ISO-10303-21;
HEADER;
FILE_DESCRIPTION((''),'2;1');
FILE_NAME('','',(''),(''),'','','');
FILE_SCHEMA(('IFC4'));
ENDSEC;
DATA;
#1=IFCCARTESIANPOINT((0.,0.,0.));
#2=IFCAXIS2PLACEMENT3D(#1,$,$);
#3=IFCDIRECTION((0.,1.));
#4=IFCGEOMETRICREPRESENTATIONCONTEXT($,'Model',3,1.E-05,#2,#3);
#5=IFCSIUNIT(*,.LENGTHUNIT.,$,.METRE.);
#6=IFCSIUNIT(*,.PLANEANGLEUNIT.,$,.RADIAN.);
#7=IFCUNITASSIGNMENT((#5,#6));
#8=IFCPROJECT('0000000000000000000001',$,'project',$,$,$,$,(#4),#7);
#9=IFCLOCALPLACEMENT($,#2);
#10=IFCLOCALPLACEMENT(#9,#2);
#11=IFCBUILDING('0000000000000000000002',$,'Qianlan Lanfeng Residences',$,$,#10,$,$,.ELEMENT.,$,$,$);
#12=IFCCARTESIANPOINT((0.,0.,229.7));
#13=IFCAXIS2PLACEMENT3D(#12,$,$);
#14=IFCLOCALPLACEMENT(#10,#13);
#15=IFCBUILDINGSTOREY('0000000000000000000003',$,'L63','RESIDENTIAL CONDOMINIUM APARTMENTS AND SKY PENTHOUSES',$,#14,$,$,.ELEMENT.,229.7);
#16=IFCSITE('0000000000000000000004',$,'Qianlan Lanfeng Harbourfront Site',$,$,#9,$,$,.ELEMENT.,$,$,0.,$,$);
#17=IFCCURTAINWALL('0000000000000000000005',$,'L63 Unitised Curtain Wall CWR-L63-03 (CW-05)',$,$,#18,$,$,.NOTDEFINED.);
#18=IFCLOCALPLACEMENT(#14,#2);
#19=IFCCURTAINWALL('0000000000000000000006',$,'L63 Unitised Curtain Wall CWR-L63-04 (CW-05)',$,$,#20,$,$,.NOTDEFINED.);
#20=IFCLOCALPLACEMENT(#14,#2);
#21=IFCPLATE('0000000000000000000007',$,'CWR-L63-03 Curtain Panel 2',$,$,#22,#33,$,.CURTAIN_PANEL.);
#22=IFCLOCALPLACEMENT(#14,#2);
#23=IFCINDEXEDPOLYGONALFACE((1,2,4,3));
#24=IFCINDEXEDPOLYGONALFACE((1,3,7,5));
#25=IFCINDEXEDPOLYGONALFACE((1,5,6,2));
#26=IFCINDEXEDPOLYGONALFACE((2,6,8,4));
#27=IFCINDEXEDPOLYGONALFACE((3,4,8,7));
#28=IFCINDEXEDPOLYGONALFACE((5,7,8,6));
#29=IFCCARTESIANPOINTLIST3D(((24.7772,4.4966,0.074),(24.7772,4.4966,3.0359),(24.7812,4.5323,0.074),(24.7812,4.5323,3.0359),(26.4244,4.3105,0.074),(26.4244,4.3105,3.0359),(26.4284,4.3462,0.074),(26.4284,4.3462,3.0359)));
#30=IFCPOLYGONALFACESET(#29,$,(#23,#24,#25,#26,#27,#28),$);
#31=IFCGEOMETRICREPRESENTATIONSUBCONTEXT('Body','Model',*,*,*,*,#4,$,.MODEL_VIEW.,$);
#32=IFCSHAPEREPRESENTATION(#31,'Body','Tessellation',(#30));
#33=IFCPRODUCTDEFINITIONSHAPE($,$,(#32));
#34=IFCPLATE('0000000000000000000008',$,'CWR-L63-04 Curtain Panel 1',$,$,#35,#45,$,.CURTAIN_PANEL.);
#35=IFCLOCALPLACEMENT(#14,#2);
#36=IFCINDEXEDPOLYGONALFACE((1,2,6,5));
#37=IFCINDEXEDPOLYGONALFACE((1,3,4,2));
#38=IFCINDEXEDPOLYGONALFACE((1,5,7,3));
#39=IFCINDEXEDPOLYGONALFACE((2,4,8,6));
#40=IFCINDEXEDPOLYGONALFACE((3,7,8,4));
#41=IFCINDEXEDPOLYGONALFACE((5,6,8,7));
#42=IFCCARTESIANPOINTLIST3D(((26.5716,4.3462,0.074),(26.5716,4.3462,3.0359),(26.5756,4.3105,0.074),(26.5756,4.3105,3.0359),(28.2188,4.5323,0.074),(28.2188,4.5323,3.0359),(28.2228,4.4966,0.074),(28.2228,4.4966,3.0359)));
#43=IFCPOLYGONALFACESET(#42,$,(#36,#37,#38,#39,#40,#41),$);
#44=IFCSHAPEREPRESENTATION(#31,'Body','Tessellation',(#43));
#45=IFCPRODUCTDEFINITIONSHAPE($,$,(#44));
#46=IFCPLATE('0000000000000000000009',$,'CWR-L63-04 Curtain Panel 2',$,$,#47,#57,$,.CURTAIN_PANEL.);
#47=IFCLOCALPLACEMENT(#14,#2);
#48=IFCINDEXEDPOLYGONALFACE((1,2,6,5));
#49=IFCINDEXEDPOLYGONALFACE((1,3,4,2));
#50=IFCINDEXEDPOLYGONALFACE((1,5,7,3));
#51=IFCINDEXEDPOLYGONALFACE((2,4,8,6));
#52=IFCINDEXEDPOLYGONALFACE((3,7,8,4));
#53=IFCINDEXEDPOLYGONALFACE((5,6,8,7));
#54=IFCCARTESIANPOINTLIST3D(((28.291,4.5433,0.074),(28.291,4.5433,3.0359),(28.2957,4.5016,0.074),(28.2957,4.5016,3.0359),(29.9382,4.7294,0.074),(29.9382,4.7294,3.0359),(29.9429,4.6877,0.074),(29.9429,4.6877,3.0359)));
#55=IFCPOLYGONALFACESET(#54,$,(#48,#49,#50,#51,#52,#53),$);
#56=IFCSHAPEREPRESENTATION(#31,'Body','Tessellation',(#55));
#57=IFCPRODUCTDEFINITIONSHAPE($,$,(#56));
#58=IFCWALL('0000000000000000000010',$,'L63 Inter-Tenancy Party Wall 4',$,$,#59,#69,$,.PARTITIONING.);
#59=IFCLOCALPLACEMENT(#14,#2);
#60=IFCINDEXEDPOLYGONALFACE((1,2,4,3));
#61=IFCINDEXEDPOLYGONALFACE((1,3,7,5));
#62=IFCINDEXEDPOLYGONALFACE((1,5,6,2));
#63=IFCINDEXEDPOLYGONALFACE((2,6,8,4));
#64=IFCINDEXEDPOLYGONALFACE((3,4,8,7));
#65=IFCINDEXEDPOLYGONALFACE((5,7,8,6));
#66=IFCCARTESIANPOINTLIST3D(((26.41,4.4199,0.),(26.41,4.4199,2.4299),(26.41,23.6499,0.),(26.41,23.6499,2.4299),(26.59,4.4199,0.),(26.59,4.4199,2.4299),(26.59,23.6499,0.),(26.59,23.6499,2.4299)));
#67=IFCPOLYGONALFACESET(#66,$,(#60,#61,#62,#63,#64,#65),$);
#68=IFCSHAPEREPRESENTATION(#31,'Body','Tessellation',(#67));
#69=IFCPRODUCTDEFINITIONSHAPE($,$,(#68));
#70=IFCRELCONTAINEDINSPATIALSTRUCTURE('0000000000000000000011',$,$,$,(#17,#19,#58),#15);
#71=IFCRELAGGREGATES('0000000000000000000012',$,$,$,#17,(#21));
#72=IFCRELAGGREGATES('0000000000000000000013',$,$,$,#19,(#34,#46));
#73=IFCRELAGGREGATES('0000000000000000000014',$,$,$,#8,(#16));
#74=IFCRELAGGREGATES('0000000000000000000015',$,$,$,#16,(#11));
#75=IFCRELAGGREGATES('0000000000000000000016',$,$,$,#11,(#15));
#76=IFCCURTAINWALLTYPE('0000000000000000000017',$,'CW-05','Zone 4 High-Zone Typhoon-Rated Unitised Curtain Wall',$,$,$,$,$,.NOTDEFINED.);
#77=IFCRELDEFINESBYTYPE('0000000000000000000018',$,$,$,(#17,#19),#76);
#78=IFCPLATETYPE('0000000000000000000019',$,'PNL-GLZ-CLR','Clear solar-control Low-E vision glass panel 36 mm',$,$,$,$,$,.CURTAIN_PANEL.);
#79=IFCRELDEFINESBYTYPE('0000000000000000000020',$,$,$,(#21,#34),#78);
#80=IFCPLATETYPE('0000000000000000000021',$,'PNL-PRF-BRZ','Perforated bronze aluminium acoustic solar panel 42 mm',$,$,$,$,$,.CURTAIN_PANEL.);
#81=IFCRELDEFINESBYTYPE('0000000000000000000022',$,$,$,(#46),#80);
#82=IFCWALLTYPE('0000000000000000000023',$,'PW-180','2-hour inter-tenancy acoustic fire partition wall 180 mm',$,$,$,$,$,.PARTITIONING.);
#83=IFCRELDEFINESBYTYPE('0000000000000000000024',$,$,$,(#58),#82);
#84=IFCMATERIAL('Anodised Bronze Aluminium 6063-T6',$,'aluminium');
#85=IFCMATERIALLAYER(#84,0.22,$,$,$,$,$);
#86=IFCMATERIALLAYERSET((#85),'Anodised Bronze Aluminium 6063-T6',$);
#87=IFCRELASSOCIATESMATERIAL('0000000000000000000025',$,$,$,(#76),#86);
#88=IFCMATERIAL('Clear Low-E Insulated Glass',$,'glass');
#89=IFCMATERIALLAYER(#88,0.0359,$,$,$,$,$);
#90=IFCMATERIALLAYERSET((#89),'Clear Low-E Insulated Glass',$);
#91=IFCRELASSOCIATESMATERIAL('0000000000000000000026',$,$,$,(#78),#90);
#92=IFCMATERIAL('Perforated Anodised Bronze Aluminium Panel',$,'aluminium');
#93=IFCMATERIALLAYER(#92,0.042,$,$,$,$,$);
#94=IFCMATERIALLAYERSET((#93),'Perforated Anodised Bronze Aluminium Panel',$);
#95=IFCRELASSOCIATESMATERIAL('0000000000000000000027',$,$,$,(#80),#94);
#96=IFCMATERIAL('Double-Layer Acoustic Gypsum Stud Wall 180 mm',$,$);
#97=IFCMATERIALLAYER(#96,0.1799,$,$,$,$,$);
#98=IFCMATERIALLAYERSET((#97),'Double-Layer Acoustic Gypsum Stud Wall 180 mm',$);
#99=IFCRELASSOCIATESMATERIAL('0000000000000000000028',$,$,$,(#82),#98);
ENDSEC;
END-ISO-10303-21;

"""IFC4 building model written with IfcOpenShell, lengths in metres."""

from ifc_helpers import new_model, si_unit, direction, frame, frame_2d, origin, origin_2d, place, context, subcontext, project, spatial, rectangle, extrude, source, transform, mapped, material, layer, layer_set, type_object, element, aggregate, save


model = new_model("IFC4")

# Units and contexts
model_context = context("Model", 3, precision=1e-05, world=origin(), true_north=direction((0.0, 1.0)))
body_context = subcontext(model_context, "Body", "Model", "MODEL_VIEW")
ifc_project = project(units=[si_unit("LENGTHUNIT", "METRE"), si_unit("PLANEANGLEUNIT", "RADIAN")], contexts=[model_context])

# Site, building, storey
site_placement = place(None, origin())
site = spatial("IfcSite", under=ifc_project, at=site_placement, Name="Qianlan Lanfeng Harbourfront Site", CompositionType="ELEMENT", RefElevation=0.0)
building_placement = place(site_placement, origin())
building = spatial("IfcBuilding", under=site, at=building_placement, Name="Qianlan Lanfeng Residences", CompositionType="ELEMENT")
storey_placement = place(building_placement, frame((0.0, 0.0, 229.7)))
storey = spatial("IfcBuildingStorey", under=building, at=storey_placement, Name="L63", Description="RESIDENTIAL CONDOMINIUM APARTMENTS AND SKY PENTHOUSES", CompositionType="ELEMENT", Elevation=229.7)

# Curtain walls
ifc_material_1 = material(Name="Anodised Bronze Aluminium 6063-T6", Category="aluminium")
ifc_layer_1 = layer(ifc_material_1, 0.22)
ifc_layer_set_1 = layer_set([ifc_layer_1], Name="Anodised Bronze Aluminium 6063-T6")
curtain_wall_type = type_object("IfcCurtainWallType", Name="CW-05", Description="Zone 4 High-Zone Typhoon-Rated Unitised Curtain Wall", PredefinedType="NOTDEFINED", material=ifc_layer_set_1)
curtain_wall_1_placement = place(storey_placement, origin())
curtain_wall_1 = element("IfcCurtainWall", 1, at=curtain_wall_1_placement, inside=storey, type_object=curtain_wall_type, Name="L63 Unitised Curtain Wall CWR-L63-03 (CW-05)", PredefinedType="NOTDEFINED")
curtain_wall_2_placement = place(storey_placement, origin())
curtain_wall_2 = element("IfcCurtainWall", 2, at=curtain_wall_2_placement, inside=storey, type_object=curtain_wall_type, Name="L63 Unitised Curtain Wall CWR-L63-04 (CW-05)", PredefinedType="NOTDEFINED")

# Plates
ifc_material_2 = material(Name="Clear Low-E Insulated Glass", Category="glass")
ifc_layer_2 = layer(ifc_material_2, 0.0359)
ifc_layer_set_2 = layer_set([ifc_layer_2], Name="Clear Low-E Insulated Glass")
plate_type_1 = type_object("IfcPlateType", Name="PNL-GLZ-CLR", Description="Clear solar-control Low-E vision glass panel 36 mm", PredefinedType="CURTAIN_PANEL", material=ifc_layer_set_2)
shared_shape_1 = source(origin(), body_context, "Body", "SweptSolid", [
    extrude(rectangle(XDim=1.6577, YDim=0.0359, at=origin_2d()), origin(), (0.0, 0.0, 1.0), 2.9619),
])
plate_1_placement = place(storey_placement, frame((25.6028, 4.4214, 0.074), z_axis=(0.0, 0.0, 1.0), x_axis=(0.993678, -0.112263, 0.0)))
plate_1 = element("IfcPlate", 3, at=plate_1_placement, type_object=plate_type_1, Name="CWR-L63-03 Curtain Panel 2", PredefinedType="CURTAIN_PANEL", context=body_context, shape_type="MappedRepresentation", body=[
    mapped(shared_shape_1, transform((0.0, 0.0, 0.0), scale=1.0)),
])
aggregate(curtain_wall_1, [plate_1])
plate_2_placement = place(storey_placement, frame((27.3972, 4.4214, 0.074), z_axis=(0.0, 0.0, 1.0), x_axis=(0.993678, 0.112263, 0.0)))
plate_2 = element("IfcPlate", 4, at=plate_2_placement, type_object=plate_type_1, Name="CWR-L63-04 Curtain Panel 1", PredefinedType="CURTAIN_PANEL", context=body_context, shape_type="MappedRepresentation", body=[
    mapped(shared_shape_1, transform((0.0, 0.0, 0.0), scale=1.0)),
])
ifc_material_3 = material(Name="Perforated Anodised Bronze Aluminium Panel", Category="aluminium")
ifc_layer_3 = layer(ifc_material_3, 0.042)
ifc_layer_set_3 = layer_set([ifc_layer_3], Name="Perforated Anodised Bronze Aluminium Panel")
plate_type_2 = type_object("IfcPlateType", Name="PNL-PRF-BRZ", Description="Perforated bronze aluminium acoustic solar panel 42 mm", PredefinedType="CURTAIN_PANEL", material=ifc_layer_set_3)
shared_shape_2 = source(origin(), body_context, "Body", "SweptSolid", [
    extrude(rectangle(XDim=1.6577, YDim=0.042, at=origin_2d()), origin(), (0.0, 0.0, 1.0), 2.9619),
])
plate_3_placement = place(storey_placement, frame((29.1169, 4.6155, 0.074), z_axis=(0.0, 0.0, 1.0), x_axis=(0.993678, 0.112263, 0.0)))
plate_3 = element("IfcPlate", 5, at=plate_3_placement, type_object=plate_type_2, Name="CWR-L63-04 Curtain Panel 2", PredefinedType="CURTAIN_PANEL", context=body_context, shape_type="MappedRepresentation", body=[
    mapped(shared_shape_2, transform((0.0, 0.0, 0.0), scale=1.0)),
])
aggregate(curtain_wall_2, [plate_2, plate_3])

# Wall
ifc_material_4 = material(Name="Double-Layer Acoustic Gypsum Stud Wall 180 mm")
ifc_layer_4 = layer(ifc_material_4, 0.1799)
ifc_layer_set_4 = layer_set([ifc_layer_4], Name="Double-Layer Acoustic Gypsum Stud Wall 180 mm")
wall_type = type_object("IfcWallType", Name="PW-180", Description="2-hour inter-tenancy acoustic fire partition wall 180 mm", PredefinedType="PARTITIONING", material=ifc_layer_set_4)
wall_placement = place(storey_placement, frame((26.5, 4.4199, 0.0), z_axis=(0.0, 0.0, 1.0), x_axis=(0.0, 1.0, 0.0)))
element("IfcWall", 6, at=wall_placement, inside=storey, type_object=wall_type, Name="L63 Inter-Tenancy Party Wall 4", PredefinedType="PARTITIONING", context=body_context, shape_type="SweptSolid", body=[
    extrude(rectangle(XDim=19.23, YDim=0.1799, at=frame_2d((9.615, 0.0))), origin(), (0.0, 0.0, 1.0), 2.4299),
])

save(model, "model.ifc")
